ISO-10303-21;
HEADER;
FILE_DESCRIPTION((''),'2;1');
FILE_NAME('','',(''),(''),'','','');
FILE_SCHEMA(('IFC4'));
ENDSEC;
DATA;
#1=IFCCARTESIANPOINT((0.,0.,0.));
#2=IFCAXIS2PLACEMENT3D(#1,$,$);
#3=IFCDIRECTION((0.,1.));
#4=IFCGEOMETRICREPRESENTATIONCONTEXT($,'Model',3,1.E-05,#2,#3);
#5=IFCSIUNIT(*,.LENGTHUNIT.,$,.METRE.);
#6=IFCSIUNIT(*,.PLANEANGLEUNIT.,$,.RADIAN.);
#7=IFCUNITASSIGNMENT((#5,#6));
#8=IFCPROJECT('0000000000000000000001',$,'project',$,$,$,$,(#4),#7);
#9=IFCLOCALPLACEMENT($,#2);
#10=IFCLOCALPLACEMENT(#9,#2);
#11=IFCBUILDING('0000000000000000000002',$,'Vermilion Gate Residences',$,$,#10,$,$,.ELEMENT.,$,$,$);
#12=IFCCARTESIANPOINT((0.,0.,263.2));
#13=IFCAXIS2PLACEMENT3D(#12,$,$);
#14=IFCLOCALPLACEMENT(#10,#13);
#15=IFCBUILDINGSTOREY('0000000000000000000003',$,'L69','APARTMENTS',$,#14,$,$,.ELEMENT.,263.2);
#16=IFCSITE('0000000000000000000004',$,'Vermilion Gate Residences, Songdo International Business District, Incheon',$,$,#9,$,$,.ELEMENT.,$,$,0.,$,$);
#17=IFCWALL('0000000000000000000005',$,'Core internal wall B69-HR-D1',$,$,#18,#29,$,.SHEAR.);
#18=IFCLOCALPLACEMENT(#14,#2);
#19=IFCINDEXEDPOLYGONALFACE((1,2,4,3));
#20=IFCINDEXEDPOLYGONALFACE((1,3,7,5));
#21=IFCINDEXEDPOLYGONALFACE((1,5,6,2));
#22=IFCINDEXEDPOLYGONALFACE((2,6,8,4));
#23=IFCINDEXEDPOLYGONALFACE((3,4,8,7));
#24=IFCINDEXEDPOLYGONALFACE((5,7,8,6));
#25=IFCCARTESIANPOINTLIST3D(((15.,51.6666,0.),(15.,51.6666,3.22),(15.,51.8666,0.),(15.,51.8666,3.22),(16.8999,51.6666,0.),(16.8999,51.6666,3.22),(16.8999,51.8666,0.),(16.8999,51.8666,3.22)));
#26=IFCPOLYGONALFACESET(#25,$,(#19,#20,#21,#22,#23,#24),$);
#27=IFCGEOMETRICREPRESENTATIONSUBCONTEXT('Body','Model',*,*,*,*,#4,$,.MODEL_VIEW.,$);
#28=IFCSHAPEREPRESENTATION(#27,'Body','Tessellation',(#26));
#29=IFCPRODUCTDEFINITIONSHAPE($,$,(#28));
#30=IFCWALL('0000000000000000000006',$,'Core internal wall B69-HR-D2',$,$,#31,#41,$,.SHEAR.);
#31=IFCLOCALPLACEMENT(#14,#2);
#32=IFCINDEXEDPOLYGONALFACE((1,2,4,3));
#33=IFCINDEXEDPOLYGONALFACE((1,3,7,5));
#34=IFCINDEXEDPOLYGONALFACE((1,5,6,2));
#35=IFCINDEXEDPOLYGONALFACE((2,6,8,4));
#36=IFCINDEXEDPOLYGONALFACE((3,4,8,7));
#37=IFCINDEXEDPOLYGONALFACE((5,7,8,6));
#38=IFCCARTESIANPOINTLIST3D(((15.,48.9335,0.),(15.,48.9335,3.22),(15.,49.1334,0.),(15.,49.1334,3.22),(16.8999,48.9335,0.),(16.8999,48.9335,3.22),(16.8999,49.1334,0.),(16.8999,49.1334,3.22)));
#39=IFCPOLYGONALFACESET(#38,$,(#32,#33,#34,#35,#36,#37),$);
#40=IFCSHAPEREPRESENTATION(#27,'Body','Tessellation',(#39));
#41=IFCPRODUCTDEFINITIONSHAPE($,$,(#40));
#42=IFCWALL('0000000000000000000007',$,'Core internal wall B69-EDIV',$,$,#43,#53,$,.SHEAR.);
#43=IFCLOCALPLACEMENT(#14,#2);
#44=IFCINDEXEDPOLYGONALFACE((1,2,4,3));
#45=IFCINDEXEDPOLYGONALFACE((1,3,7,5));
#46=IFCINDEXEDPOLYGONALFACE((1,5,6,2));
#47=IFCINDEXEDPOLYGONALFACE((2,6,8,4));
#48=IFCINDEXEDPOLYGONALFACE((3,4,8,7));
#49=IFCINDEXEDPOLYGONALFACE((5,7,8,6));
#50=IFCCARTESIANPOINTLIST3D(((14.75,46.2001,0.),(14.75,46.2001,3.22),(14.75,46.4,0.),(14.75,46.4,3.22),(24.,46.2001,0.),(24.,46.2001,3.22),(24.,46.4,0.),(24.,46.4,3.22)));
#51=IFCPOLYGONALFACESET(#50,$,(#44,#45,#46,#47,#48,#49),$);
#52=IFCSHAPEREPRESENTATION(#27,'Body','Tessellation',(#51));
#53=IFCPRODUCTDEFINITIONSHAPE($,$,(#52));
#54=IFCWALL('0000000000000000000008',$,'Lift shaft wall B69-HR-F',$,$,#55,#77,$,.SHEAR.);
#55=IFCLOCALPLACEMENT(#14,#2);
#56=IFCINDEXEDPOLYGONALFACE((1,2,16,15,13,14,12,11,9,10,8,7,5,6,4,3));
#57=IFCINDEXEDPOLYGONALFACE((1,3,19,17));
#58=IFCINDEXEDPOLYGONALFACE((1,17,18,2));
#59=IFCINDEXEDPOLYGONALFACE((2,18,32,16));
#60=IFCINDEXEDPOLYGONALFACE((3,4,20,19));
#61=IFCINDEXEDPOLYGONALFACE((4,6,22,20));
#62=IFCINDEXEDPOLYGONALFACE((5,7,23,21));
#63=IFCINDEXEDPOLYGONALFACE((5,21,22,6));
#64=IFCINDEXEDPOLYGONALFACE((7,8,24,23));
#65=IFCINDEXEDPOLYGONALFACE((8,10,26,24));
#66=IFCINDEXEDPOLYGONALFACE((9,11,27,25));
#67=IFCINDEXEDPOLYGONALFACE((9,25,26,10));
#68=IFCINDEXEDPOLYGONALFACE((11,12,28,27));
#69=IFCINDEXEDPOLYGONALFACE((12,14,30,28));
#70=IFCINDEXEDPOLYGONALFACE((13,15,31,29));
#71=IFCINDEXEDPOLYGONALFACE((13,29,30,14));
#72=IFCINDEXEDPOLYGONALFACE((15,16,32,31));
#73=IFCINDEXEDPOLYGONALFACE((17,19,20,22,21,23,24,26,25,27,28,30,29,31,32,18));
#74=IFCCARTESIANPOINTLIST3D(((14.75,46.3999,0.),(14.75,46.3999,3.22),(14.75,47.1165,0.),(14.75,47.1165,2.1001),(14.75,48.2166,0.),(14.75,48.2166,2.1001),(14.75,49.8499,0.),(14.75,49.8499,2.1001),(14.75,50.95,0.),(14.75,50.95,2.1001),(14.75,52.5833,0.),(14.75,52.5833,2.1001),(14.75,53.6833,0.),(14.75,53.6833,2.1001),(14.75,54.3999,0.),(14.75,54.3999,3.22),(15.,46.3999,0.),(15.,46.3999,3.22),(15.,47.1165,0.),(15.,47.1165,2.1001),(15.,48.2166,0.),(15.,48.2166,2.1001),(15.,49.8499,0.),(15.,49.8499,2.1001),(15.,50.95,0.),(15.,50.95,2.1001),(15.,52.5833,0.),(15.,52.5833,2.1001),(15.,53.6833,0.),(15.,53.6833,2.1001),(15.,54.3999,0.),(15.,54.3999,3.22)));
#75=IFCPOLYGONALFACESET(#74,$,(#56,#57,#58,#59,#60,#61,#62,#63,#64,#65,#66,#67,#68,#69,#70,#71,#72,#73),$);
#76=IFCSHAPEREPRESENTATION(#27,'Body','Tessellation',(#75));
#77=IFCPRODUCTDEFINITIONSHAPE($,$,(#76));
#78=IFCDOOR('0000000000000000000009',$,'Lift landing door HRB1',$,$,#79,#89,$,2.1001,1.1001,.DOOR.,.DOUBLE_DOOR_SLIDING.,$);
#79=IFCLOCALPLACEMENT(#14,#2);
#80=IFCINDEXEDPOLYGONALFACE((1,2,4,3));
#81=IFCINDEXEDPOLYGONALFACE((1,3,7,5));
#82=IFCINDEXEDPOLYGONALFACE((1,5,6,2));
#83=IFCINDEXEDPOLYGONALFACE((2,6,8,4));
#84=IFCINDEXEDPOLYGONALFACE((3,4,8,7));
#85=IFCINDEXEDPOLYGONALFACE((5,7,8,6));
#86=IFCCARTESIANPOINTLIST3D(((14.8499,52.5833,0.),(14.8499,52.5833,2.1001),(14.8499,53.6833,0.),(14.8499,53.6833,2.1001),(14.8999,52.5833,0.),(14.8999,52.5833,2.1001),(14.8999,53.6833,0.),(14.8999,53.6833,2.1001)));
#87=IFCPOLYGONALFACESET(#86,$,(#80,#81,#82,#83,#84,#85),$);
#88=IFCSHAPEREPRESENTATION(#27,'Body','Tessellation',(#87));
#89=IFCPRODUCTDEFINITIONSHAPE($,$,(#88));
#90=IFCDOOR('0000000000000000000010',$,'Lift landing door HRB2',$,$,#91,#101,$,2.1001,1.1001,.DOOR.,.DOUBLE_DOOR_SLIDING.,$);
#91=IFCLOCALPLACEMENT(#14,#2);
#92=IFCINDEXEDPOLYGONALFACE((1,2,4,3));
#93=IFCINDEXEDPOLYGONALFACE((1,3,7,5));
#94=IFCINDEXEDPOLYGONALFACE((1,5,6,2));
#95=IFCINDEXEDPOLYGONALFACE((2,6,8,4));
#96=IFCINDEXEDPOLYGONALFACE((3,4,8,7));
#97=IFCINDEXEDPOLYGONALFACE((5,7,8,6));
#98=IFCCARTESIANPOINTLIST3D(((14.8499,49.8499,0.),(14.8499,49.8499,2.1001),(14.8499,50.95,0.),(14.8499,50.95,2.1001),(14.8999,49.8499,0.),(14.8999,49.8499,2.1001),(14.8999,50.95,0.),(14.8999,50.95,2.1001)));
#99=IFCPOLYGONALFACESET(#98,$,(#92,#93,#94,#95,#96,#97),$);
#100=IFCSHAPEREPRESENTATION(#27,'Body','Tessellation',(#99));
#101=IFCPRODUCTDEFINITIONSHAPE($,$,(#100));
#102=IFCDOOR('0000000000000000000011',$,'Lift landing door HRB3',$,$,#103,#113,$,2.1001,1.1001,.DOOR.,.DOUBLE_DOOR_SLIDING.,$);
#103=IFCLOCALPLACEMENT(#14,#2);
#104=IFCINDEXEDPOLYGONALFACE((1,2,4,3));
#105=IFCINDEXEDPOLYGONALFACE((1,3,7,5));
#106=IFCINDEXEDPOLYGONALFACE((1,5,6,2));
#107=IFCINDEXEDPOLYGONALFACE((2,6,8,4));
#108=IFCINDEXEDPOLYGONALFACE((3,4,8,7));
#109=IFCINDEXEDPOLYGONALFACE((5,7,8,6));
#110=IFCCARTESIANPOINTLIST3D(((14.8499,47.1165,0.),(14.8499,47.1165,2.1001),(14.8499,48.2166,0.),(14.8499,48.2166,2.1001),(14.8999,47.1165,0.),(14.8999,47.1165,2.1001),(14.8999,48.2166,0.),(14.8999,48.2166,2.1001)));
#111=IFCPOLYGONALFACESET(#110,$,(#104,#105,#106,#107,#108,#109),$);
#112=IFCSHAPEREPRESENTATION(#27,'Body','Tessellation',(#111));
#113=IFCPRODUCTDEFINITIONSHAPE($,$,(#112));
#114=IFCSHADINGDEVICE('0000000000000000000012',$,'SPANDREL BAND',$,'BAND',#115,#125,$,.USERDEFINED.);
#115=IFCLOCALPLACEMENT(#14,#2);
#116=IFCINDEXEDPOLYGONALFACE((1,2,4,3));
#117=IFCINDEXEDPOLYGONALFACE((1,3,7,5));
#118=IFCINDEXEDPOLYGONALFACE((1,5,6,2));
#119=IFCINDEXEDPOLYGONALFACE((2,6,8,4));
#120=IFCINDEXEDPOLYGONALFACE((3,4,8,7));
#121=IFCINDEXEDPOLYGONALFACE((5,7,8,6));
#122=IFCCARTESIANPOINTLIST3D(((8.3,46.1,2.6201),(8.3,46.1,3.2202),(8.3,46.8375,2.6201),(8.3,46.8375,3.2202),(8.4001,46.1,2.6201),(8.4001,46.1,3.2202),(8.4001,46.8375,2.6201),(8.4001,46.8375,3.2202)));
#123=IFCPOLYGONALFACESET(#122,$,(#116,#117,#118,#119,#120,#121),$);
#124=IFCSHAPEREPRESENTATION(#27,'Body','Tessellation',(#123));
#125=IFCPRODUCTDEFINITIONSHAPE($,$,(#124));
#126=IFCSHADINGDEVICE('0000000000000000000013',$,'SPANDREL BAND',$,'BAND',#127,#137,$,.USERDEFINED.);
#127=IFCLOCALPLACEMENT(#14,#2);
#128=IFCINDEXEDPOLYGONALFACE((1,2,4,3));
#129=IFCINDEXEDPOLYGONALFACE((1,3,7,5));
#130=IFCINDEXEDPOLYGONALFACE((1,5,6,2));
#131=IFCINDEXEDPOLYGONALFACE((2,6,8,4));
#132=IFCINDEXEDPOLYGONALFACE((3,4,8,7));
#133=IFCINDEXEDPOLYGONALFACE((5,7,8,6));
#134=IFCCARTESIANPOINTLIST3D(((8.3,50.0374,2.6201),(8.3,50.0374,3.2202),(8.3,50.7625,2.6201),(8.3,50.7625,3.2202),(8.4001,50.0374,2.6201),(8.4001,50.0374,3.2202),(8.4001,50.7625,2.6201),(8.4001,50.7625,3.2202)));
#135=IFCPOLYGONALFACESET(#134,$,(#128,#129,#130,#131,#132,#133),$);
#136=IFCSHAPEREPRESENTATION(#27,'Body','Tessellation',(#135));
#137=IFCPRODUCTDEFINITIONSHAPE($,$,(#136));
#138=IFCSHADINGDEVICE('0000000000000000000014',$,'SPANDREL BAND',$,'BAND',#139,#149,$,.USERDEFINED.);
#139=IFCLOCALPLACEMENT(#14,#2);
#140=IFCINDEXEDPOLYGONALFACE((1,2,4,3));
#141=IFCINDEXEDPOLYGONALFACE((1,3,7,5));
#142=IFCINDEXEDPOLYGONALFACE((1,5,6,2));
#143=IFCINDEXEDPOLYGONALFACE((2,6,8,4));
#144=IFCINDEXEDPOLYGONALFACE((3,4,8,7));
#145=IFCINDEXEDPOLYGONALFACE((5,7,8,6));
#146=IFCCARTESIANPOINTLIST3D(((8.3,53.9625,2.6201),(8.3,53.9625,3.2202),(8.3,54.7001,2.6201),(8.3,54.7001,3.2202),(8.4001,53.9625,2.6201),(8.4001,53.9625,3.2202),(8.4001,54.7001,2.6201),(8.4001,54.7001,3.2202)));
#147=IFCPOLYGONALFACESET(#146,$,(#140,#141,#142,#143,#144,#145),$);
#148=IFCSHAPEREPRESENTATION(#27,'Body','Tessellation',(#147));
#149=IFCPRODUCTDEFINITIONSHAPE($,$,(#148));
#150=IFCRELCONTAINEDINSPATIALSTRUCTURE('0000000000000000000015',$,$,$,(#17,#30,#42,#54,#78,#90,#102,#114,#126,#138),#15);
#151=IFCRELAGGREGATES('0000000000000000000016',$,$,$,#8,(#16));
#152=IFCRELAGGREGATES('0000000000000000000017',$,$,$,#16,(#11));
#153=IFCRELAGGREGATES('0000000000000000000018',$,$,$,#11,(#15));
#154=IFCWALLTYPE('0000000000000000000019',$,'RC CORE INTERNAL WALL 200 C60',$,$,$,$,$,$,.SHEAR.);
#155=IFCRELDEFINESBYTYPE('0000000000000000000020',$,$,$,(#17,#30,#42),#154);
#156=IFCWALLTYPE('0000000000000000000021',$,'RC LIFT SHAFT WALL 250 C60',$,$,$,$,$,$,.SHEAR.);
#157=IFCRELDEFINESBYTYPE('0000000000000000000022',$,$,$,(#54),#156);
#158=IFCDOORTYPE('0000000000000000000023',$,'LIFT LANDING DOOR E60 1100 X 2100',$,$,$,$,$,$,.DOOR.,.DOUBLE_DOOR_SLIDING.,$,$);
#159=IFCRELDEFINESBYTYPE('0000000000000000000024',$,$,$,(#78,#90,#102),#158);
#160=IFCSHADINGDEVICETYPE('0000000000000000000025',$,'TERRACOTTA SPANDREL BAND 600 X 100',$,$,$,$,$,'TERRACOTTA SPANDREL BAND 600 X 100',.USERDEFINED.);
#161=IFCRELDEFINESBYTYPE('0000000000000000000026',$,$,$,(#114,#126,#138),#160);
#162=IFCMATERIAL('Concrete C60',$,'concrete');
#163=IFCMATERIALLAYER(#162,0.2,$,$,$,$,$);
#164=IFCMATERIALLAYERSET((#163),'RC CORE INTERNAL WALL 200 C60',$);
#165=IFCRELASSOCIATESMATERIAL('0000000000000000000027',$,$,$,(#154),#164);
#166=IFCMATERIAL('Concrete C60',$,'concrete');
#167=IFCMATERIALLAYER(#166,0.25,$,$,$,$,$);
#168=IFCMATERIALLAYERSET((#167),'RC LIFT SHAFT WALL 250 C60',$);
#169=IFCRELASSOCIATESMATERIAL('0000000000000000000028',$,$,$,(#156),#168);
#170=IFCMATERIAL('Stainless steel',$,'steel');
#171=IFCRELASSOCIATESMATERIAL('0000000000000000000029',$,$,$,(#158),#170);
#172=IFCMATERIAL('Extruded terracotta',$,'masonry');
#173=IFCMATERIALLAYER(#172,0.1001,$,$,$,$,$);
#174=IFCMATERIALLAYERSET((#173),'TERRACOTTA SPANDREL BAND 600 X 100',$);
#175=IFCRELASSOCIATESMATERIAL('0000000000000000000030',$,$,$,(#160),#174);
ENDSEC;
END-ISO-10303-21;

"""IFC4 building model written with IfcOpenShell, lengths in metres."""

from ifc_helpers import new_model, si_unit, direction, frame, frame_2d, origin, origin_2d, place, context, subcontext, project, spatial, rectangle, extrude, material, layer, layer_set, type_object, element, fill, save


model = new_model("IFC4")

# Units and contexts
model_context = context("Model", 3, precision=1e-05, world=origin(), true_north=direction((0.0, 1.0)))
body_context = subcontext(model_context, "Body", "Model", "MODEL_VIEW")
ifc_project = project(units=[si_unit("LENGTHUNIT", "METRE"), si_unit("PLANEANGLEUNIT", "RADIAN")], contexts=[model_context])

# Site, building, storey
site_placement = place(None, origin())
site = spatial("IfcSite", under=ifc_project, at=site_placement, Name="Vermilion Gate Residences, Songdo International Business District, Incheon", CompositionType="ELEMENT", RefElevation=0.0)
building_placement = place(site_placement, origin())
building = spatial("IfcBuilding", under=site, at=building_placement, Name="Vermilion Gate Residences", CompositionType="ELEMENT")
storey_placement = place(building_placement, frame((0.0, 0.0, 263.2)))
storey = spatial("IfcBuildingStorey", under=building, at=storey_placement, Name="L69", Description="APARTMENTS", CompositionType="ELEMENT", Elevation=263.2)

# Walls
ifc_material_1 = material(Name="Concrete C60", Category="concrete")
ifc_layer_1 = layer(ifc_material_1, 0.2)
ifc_layer_set_1 = layer_set([ifc_layer_1], Name="RC CORE INTERNAL WALL 200 C60")
wall_type_1 = type_object("IfcWallType", Name="RC CORE INTERNAL WALL 200 C60", PredefinedType="SHEAR", material=ifc_layer_set_1)
for number, where, z_axis, x_axis, name in (
    (1, (15.0, 51.7666, 0.0), (0.0, 0.0, 1.0), (1.0, 0.0, 0.0), "Core internal wall B69-HR-D1"),
    (2, (15.0, 49.0334, 0.0), (0.0, 0.0, 1.0), (1.0, 0.0, 0.0), "Core internal wall B69-HR-D2"),
):
    element("IfcWall", number, at=place(storey_placement, frame(where, z_axis=z_axis, x_axis=x_axis)), inside=storey, type_object=wall_type_1, Name=name, PredefinedType="SHEAR", context=body_context, shape_type="SweptSolid", body=[
        extrude(rectangle(XDim=1.8999, YDim=0.2, at=frame_2d((0.95, 0.0))), origin(), (0.0, 0.0, 1.0), 3.22),
    ])
wall_1_placement = place(storey_placement, frame((14.75, 46.3, 0.0), z_axis=(0.0, 0.0, 1.0), x_axis=(1.0, 0.0, 0.0)))
element("IfcWall", 3, at=wall_1_placement, inside=storey, type_object=wall_type_1, Name="Core internal wall B69-EDIV", PredefinedType="SHEAR", context=body_context, shape_type="SweptSolid", body=[
    extrude(rectangle(XDim=9.25, YDim=0.2, at=frame_2d((4.625, 0.0))), origin(), (0.0, 0.0, 1.0), 3.22),
])

# Wall, openings, doors
ifc_material_2 = material(Name="Concrete C60", Category="concrete")
ifc_layer_2 = layer(ifc_material_2, 0.25)
ifc_layer_set_2 = layer_set([ifc_layer_2], Name="RC LIFT SHAFT WALL 250 C60")
wall_type_2 = type_object("IfcWallType", Name="RC LIFT SHAFT WALL 250 C60", PredefinedType="SHEAR", material=ifc_layer_set_2)
wall_2_placement = place(storey_placement, frame((14.875, 54.3999, 0.0), z_axis=(0.0, 0.0, 1.0), x_axis=(0.0, -1.0, 0.0)))
wall_2 = element("IfcWall", 4, at=wall_2_placement, inside=storey, type_object=wall_type_2, Name="Lift shaft wall B69-HR-F", PredefinedType="SHEAR", context=body_context, shape_type="SweptSolid", body=[
    extrude(rectangle(XDim=8.0, YDim=0.25, at=frame_2d((4.0, 0.0))), origin(), (0.0, 0.0, 1.0), 3.22),
])
opening_1_placement = place(wall_2_placement, frame((0.7166, 0.0, 0.0)))
opening_1 = element("IfcOpeningElement", 5, at=opening_1_placement, cuts=wall_2, PredefinedType="OPENING", context=body_context, shape_type="SweptSolid", body=[
    extrude(rectangle(XDim=1.1001, YDim=2.1001, at=frame_2d((0.55, 1.05))), frame((0.0, 0.135, 0.0), z_axis=(0.0, -1.0, 0.0), x_axis=(1.0, 0.0, 0.0)), (0.0, 0.0, 1.0), 0.27),
])
opening_2_placement = place(wall_2_placement, frame((3.45, 0.0, 0.0)))
opening_2 = element("IfcOpeningElement", 6, at=opening_2_placement, cuts=wall_2, PredefinedType="OPENING", context=body_context, shape_type="SweptSolid", body=[
    extrude(rectangle(XDim=1.1001, YDim=2.1001, at=frame_2d((0.55, 1.05))), frame((0.0, 0.135, 0.0), z_axis=(0.0, -1.0, 0.0), x_axis=(1.0, 0.0, 0.0)), (0.0, 0.0, 1.0), 0.27),
])
opening_3_placement = place(wall_2_placement, frame((6.1833, 0.0, 0.0)))
opening_3 = element("IfcOpeningElement", 7, at=opening_3_placement, cuts=wall_2, PredefinedType="OPENING", context=body_context, shape_type="SweptSolid", body=[
    extrude(rectangle(XDim=1.1001, YDim=2.1001, at=frame_2d((0.55, 1.05))), frame((0.0, 0.135, 0.0), z_axis=(0.0, -1.0, 0.0), x_axis=(1.0, 0.0, 0.0)), (0.0, 0.0, 1.0), 0.27),
])
ifc_material_3 = material(Name="Stainless steel", Category="steel")
door_type_1 = type_object("IfcDoorType", Name="LIFT LANDING DOOR E60 1100 X 2100", OperationType="DOUBLE_DOOR_SLIDING", PredefinedType="DOOR", material=ifc_material_3)
door_1_placement = place(opening_1_placement, origin())
door_1 = element("IfcDoor", 8, at=door_1_placement, inside=storey, type_object=door_type_1, Name="Lift landing door HRB1", OperationType="DOUBLE_DOOR_SLIDING", OverallHeight=2.1001, OverallWidth=1.1001, PredefinedType="DOOR", context=body_context, shape_type="SweptSolid", body=[
    extrude(rectangle(XDim=1.1001, YDim=2.1001, at=frame_2d((0.55, 1.05))), frame((0.0, 0.0249, 0.0), z_axis=(0.0, -1.0, 0.0), x_axis=(1.0, 0.0, 0.0)), (0.0, 0.0, 1.0), 0.05),
])
fill(opening_1, door_1)
door_2_placement = place(opening_2_placement, origin())
door_2 = element("IfcDoor", 9, at=door_2_placement, inside=storey, type_object=door_type_1, Name="Lift landing door HRB2", OperationType="DOUBLE_DOOR_SLIDING", OverallHeight=2.1001, OverallWidth=1.1001, PredefinedType="DOOR", context=body_context, shape_type="SweptSolid", body=[
    extrude(rectangle(XDim=1.1001, YDim=2.1001, at=frame_2d((0.55, 1.05))), frame((0.0, 0.0249, 0.0), z_axis=(0.0, -1.0, 0.0), x_axis=(1.0, 0.0, 0.0)), (0.0, 0.0, 1.0), 0.05),
])
fill(opening_2, door_2)
door_3_placement = place(opening_3_placement, origin())
door_3 = element("IfcDoor", 10, at=door_3_placement, inside=storey, type_object=door_type_1, Name="Lift landing door HRB3", OperationType="DOUBLE_DOOR_SLIDING", OverallHeight=2.1001, OverallWidth=1.1001, PredefinedType="DOOR", context=body_context, shape_type="SweptSolid", body=[
    extrude(rectangle(XDim=1.1001, YDim=2.1001, at=frame_2d((0.55, 1.05))), frame((0.0, 0.0249, 0.0), z_axis=(0.0, -1.0, 0.0), x_axis=(1.0, 0.0, 0.0)), (0.0, 0.0, 1.0), 0.05),
])
fill(opening_3, door_3)

# Shading devices
ifc_material_4 = material(Name="Extruded terracotta", Category="masonry")
ifc_layer_3 = layer(ifc_material_4, 0.1001)
ifc_layer_set_3 = layer_set([ifc_layer_3], Name="TERRACOTTA SPANDREL BAND 600 X 100")
shading_device_type = type_object("IfcShadingDeviceType", Name="TERRACOTTA SPANDREL BAND 600 X 100", ElementType="TERRACOTTA SPANDREL BAND 600 X 100", PredefinedType="USERDEFINED", material=ifc_layer_set_3)
shading_device_1_placement = place(storey_placement, frame((8.3501, 46.4688, 2.6201), z_axis=(0.0, 0.0, 1.0), x_axis=(0.0, 1.0, 0.0)))
element("IfcShadingDevice", 11, at=shading_device_1_placement, inside=storey, type_object=shading_device_type, Name="SPANDREL BAND", ObjectType="BAND", PredefinedType="USERDEFINED", context=body_context, shape_type="SweptSolid", body=[
    extrude(rectangle(XDim=0.7375, YDim=0.1001, at=origin_2d()), origin(), (0.0, 0.0, 1.0), 0.6001),
])
shading_device_2_placement = place(storey_placement, frame((8.3501, 50.3999, 2.6201), z_axis=(0.0, 0.0, 1.0), x_axis=(0.0, 1.0, 0.0)))
element("IfcShadingDevice", 12, at=shading_device_2_placement, inside=storey, type_object=shading_device_type, Name="SPANDREL BAND", ObjectType="BAND", PredefinedType="USERDEFINED", context=body_context, shape_type="SweptSolid", body=[
    extrude(rectangle(XDim=0.7251, YDim=0.1001, at=origin_2d()), origin(), (0.0, 0.0, 1.0), 0.6001),
])
shading_device_3_placement = place(storey_placement, frame((8.3501, 54.3313, 2.6201), z_axis=(0.0, 0.0, 1.0), x_axis=(0.0, 1.0, 0.0)))
element("IfcShadingDevice", 13, at=shading_device_3_placement, inside=storey, type_object=shading_device_type, Name="SPANDREL BAND", ObjectType="BAND", PredefinedType="USERDEFINED", context=body_context, shape_type="SweptSolid", body=[
    extrude(rectangle(XDim=0.7375, YDim=0.1001, at=origin_2d()), origin(), (0.0, 0.0, 1.0), 0.6001),
])

save(model, "model.ifc")
